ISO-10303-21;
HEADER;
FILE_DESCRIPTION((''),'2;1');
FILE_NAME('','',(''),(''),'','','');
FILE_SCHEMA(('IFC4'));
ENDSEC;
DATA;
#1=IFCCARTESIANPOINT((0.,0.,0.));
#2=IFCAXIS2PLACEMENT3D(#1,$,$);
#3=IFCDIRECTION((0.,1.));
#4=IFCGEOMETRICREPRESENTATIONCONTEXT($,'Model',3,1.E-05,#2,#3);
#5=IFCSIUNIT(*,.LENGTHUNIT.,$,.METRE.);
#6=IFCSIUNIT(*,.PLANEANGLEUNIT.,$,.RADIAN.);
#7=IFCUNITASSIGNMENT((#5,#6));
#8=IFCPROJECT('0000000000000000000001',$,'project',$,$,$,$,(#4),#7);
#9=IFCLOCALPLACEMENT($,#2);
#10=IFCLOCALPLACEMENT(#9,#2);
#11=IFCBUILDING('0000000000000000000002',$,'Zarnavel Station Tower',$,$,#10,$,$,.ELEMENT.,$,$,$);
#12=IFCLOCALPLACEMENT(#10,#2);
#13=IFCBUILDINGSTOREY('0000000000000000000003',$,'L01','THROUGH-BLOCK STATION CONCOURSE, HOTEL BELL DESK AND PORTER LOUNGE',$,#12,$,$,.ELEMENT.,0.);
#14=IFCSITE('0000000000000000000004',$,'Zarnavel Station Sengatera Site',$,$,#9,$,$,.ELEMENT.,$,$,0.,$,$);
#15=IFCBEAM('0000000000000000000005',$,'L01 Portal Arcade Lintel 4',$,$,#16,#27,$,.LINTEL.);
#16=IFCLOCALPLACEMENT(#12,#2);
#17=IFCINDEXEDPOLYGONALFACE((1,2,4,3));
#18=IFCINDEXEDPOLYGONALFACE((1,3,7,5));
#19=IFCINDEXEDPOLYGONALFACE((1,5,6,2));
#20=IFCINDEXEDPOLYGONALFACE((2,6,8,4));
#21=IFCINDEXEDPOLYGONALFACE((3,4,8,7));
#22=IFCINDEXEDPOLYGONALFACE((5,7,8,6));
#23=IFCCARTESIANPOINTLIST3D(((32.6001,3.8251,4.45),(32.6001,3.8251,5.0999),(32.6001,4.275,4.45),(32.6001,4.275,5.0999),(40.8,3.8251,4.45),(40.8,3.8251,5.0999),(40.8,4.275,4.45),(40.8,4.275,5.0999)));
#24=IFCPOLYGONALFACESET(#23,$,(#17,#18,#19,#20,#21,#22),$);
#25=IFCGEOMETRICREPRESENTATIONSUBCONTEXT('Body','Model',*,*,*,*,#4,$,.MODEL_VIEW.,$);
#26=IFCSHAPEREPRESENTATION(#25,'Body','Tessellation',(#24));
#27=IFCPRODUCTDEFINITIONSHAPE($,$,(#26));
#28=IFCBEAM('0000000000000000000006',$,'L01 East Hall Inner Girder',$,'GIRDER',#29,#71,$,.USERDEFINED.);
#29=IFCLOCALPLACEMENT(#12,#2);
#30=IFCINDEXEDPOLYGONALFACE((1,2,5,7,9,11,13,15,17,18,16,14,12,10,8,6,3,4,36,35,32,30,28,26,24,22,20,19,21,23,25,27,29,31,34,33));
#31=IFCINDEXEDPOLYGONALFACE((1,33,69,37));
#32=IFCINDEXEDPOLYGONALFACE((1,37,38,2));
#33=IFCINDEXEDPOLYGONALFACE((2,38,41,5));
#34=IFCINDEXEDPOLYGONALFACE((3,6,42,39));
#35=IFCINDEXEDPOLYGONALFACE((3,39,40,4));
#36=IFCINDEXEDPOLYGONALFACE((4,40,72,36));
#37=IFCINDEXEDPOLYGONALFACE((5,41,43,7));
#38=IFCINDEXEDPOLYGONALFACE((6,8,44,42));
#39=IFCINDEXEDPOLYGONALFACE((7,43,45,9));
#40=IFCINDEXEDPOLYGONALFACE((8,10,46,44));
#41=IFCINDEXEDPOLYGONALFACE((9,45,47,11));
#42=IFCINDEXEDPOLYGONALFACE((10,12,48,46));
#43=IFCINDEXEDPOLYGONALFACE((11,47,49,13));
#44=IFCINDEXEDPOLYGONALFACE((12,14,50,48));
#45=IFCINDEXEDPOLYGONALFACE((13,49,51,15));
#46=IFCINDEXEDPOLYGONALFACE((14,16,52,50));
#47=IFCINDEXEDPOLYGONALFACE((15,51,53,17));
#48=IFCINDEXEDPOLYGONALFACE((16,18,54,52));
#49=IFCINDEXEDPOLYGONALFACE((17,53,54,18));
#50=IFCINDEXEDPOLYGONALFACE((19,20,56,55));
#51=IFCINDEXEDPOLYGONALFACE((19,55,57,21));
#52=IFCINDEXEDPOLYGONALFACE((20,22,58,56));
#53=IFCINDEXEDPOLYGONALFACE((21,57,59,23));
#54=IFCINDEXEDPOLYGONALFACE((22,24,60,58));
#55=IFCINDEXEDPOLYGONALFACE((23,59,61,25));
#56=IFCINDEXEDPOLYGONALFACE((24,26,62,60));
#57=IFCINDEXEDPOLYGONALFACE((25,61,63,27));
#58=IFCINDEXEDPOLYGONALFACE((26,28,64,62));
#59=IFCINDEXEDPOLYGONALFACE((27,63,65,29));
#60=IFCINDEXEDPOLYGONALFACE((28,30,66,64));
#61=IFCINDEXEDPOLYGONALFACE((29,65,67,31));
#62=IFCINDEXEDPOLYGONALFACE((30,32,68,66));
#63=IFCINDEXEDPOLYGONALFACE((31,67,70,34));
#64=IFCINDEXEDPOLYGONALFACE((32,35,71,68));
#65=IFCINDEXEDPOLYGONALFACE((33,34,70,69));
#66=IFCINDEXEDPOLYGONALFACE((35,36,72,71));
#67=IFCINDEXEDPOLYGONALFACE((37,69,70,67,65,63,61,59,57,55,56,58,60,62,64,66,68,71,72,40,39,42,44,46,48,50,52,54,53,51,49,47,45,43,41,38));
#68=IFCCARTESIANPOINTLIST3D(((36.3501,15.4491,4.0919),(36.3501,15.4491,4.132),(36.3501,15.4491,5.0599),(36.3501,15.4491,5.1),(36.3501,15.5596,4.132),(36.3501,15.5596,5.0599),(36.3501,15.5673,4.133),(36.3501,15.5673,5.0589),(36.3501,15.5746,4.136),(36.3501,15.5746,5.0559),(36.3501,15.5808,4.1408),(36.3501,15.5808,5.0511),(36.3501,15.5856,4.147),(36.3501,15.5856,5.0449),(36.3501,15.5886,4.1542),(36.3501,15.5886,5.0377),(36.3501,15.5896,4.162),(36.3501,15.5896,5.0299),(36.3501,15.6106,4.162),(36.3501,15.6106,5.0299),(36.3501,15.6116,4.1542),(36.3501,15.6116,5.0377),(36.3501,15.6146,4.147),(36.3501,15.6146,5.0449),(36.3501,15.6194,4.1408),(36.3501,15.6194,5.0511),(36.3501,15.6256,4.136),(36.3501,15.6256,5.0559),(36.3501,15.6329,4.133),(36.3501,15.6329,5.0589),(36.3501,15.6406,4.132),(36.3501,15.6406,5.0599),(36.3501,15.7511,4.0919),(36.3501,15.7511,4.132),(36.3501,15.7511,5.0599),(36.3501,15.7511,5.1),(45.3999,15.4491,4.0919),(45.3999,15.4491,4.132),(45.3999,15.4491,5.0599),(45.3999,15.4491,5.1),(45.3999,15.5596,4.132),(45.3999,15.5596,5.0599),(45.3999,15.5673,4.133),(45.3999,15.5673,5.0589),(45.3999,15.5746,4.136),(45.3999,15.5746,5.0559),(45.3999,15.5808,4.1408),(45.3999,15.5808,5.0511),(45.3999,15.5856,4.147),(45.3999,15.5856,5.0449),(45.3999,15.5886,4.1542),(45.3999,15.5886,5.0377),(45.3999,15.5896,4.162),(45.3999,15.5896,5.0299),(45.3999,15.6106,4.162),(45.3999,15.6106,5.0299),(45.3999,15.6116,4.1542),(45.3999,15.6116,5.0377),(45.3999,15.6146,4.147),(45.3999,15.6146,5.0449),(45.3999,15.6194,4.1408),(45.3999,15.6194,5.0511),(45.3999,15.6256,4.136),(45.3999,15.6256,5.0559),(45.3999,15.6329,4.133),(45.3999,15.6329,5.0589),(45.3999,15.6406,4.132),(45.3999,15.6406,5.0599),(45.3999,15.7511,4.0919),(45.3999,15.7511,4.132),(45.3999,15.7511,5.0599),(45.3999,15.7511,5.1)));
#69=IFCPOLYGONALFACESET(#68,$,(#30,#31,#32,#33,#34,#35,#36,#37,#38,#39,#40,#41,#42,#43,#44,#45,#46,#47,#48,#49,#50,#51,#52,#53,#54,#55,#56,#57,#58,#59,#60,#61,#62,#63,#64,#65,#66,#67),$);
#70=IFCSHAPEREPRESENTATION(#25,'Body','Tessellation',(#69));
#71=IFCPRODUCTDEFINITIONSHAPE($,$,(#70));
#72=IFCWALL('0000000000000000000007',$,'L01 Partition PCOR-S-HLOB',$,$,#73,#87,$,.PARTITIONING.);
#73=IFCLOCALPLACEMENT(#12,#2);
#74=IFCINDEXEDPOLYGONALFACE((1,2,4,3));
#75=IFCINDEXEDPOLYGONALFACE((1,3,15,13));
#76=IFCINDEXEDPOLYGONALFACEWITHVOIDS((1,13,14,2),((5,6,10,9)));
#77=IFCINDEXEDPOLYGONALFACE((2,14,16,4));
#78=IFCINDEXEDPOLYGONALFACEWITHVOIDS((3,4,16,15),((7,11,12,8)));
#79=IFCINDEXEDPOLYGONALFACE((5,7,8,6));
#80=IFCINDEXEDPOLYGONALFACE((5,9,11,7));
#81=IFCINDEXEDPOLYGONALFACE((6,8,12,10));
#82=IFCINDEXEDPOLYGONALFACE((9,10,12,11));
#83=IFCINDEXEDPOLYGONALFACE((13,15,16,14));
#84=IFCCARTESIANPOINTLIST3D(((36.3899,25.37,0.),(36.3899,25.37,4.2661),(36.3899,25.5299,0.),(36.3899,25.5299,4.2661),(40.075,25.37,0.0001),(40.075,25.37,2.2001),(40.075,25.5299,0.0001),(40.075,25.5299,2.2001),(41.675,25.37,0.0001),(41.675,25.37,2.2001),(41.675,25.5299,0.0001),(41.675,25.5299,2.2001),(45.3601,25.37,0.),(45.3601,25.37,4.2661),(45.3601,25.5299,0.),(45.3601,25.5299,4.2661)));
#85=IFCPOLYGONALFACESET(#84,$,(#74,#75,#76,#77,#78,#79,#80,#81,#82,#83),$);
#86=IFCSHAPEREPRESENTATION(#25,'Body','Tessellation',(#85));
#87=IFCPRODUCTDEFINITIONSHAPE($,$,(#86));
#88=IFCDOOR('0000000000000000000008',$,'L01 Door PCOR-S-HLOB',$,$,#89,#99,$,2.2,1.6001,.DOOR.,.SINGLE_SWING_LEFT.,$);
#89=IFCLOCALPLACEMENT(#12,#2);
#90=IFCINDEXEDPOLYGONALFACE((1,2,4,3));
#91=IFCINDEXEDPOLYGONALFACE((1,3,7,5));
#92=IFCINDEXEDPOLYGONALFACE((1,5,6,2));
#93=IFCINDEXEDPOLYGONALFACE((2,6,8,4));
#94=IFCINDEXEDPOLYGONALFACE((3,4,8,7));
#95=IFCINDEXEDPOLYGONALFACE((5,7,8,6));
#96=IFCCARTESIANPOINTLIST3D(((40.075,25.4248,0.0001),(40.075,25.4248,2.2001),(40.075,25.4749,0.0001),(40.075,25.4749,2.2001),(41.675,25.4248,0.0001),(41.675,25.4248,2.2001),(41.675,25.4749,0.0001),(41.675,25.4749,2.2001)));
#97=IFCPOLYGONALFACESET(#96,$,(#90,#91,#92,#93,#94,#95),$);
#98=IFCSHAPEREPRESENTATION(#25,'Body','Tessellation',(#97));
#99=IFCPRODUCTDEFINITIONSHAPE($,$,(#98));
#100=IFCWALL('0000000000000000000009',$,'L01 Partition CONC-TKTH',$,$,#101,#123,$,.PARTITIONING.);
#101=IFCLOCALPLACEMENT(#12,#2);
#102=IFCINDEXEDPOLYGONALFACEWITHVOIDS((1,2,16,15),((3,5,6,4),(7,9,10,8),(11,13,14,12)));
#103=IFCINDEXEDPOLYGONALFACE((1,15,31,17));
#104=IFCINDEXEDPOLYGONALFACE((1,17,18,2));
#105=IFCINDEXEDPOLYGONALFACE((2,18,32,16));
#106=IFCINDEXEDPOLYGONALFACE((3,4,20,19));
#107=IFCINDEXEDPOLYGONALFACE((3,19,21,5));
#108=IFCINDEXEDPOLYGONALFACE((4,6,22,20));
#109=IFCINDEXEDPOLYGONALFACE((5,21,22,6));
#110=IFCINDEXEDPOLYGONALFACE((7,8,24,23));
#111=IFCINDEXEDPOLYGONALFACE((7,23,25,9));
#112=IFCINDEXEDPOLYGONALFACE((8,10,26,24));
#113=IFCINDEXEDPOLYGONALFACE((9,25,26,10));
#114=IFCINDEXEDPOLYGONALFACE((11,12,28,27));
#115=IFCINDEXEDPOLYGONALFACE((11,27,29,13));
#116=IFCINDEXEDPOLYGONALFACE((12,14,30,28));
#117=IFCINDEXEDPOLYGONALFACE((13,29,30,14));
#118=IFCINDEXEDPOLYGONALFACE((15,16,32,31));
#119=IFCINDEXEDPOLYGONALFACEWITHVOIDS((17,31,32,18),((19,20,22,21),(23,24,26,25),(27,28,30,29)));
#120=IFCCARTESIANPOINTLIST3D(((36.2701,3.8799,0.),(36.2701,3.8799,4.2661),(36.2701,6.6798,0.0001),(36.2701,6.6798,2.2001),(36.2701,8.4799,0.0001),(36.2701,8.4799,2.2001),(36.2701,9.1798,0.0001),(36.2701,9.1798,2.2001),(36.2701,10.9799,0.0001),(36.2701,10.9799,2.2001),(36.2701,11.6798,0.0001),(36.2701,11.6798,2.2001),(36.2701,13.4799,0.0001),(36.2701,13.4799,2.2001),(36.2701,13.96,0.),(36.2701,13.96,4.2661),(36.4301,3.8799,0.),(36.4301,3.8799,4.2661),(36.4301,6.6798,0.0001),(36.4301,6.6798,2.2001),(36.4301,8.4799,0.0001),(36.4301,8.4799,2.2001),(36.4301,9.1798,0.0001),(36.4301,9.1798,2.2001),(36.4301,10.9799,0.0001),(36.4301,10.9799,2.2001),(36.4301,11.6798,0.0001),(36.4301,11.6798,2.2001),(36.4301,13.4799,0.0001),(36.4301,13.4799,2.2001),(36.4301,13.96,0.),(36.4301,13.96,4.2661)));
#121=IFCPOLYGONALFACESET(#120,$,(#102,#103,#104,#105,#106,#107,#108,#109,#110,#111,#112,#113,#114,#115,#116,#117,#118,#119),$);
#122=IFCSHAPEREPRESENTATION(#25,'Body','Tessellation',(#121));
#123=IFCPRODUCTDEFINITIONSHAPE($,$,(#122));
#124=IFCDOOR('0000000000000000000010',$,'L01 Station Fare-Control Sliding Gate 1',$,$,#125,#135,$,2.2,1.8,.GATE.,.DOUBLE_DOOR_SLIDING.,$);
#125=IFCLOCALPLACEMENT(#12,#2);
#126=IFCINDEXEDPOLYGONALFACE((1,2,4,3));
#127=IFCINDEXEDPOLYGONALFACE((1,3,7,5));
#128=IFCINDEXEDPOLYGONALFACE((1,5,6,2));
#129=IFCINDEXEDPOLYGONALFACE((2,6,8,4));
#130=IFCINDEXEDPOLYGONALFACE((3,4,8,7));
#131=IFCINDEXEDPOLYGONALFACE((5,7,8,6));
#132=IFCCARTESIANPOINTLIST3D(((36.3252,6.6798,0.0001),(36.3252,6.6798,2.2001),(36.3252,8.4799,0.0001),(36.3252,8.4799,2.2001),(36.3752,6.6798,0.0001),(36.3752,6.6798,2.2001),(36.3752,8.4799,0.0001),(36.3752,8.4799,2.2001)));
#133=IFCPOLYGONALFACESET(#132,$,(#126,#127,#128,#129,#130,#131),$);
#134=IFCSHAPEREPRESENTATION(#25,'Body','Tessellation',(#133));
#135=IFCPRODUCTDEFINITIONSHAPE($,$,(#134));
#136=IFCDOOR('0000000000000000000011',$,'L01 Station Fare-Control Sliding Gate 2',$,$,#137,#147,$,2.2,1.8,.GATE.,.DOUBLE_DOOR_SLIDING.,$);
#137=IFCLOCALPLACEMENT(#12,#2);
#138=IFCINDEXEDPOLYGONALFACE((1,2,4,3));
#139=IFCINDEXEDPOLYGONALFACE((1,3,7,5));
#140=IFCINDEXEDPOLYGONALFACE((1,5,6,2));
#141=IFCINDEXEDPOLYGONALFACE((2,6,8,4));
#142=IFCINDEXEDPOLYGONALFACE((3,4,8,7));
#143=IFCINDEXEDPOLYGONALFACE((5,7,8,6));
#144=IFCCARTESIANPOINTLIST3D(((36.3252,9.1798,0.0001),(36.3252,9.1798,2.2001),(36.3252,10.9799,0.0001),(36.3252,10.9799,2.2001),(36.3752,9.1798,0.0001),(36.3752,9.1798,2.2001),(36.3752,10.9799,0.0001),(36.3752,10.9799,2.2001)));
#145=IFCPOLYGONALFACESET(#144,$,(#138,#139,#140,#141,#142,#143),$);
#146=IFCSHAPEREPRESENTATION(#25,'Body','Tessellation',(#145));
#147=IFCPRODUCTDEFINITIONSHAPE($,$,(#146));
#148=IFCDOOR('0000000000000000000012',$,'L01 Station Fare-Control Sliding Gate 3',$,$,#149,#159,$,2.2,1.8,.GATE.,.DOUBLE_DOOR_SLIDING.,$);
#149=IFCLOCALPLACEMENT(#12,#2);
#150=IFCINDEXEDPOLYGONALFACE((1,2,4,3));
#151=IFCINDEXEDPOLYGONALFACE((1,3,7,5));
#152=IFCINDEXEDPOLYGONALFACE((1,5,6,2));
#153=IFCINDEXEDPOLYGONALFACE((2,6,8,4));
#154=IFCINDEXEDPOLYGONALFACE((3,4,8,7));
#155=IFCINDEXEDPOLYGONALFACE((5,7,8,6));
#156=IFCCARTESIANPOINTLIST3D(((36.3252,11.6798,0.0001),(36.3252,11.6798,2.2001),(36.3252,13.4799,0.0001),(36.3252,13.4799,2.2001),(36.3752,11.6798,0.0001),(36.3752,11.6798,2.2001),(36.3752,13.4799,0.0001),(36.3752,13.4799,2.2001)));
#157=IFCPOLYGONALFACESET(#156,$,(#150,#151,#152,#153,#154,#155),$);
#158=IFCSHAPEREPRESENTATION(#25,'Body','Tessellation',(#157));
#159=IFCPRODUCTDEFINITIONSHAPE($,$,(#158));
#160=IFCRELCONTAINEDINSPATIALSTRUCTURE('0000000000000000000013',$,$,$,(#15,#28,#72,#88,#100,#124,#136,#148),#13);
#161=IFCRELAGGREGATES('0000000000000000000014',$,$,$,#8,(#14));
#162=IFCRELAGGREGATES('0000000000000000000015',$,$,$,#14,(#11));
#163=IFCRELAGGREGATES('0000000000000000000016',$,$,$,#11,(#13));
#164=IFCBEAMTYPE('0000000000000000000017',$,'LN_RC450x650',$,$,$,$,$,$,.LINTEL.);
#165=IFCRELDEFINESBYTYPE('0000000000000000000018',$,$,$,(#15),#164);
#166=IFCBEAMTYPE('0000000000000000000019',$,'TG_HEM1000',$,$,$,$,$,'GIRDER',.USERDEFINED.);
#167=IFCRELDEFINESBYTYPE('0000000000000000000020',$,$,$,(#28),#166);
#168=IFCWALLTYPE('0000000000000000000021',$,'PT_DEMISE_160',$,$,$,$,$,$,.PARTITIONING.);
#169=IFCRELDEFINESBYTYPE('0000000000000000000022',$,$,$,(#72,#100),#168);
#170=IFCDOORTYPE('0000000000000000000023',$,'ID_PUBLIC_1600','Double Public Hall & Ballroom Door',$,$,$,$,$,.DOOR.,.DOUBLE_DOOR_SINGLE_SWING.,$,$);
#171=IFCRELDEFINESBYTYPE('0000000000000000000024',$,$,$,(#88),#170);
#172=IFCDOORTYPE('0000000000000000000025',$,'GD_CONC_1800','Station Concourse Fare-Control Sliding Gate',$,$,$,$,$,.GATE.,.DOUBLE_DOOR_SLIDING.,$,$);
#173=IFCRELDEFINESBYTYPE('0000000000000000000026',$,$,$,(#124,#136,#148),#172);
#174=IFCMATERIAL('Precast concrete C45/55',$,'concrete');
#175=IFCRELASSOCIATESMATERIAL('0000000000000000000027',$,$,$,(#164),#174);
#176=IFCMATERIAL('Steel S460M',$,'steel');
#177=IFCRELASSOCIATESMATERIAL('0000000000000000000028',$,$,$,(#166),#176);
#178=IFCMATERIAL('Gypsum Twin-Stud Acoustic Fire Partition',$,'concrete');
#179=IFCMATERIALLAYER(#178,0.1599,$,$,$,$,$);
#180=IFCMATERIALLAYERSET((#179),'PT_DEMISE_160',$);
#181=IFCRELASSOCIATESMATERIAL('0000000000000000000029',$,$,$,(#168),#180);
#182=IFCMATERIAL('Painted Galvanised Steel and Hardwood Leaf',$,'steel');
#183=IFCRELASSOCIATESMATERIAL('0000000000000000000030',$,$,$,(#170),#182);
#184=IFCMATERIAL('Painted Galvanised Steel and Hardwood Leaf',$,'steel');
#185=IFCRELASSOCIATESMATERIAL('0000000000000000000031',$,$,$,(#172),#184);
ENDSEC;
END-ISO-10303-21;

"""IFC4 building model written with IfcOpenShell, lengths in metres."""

from ifc_helpers import new_model, si_unit, direction, frame, frame_2d, origin, origin_2d, place, context, subcontext, project, spatial, rectangle, i_section, extrude, material, layer, layer_set, material_profile, profile_set, type_object, element, fill, save


model = new_model("IFC4")

# Units and contexts
model_context = context("Model", 3, precision=1e-05, world=origin(), true_north=direction((0.0, 1.0)))
body_context = subcontext(model_context, "Body", "Model", "MODEL_VIEW")
ifc_project = project(units=[si_unit("LENGTHUNIT", "METRE"), si_unit("PLANEANGLEUNIT", "RADIAN")], contexts=[model_context])

# Site, building, storey
site_placement = place(None, origin())
site = spatial("IfcSite", under=ifc_project, at=site_placement, Name="Zarnavel Station Sengatera Site", CompositionType="ELEMENT", RefElevation=0.0)
building_placement = place(site_placement, origin())
building = spatial("IfcBuilding", under=site, at=building_placement, Name="Zarnavel Station Tower", CompositionType="ELEMENT")
storey_placement = place(building_placement, origin())
storey = spatial("IfcBuildingStorey", under=building, at=storey_placement, Name="L01", Description="THROUGH-BLOCK STATION CONCOURSE, HOTEL BELL DESK AND PORTER LOUNGE", CompositionType="ELEMENT", Elevation=0.0)

# Beams
ifc_material_1 = material(Name="Precast concrete C45/55", Category="concrete")
ifc_material_profile_1 = material_profile(ifc_material_1, rectangle(XDim=0.45, YDim=0.6499, at=origin_2d()), Name="RC450x650")
ifc_profile_set_1 = profile_set([ifc_material_profile_1], Name="Precast concrete C45/55")
beam_type_1 = type_object("IfcBeamType", Name="LN_RC450x650", PredefinedType="LINTEL", material=ifc_profile_set_1)
beam_1_placement = place(storey_placement, frame((32.6001, 4.05, 4.7749), z_axis=(1.0, 0.0, 0.0), x_axis=(0.0, 1.0, 0.0)))
element("IfcBeam", 1, at=beam_1_placement, inside=storey, type_object=beam_type_1, Name="L01 Portal Arcade Lintel 4", PredefinedType="LINTEL", context=body_context, shape_type="SweptSolid", body=[
    extrude(rectangle(XDim=0.45, YDim=0.6499, at=origin_2d()), origin(), (0.0, 0.0, 1.0), 8.2),
])
ifc_material_2 = material(Name="Steel S460M", Category="steel")
ifc_material_profile_2 = material_profile(ifc_material_2, i_section(OverallWidth=0.302, OverallDepth=1.0081, WebThickness=0.021, FlangeThickness=0.04, FilletRadius=0.03, at=origin_2d()), Name="HEM1000")
ifc_profile_set_2 = profile_set([ifc_material_profile_2], Name="Steel S460M")
beam_type_2 = type_object("IfcBeamType", Name="TG_HEM1000", ElementType="GIRDER", PredefinedType="USERDEFINED", material=ifc_profile_set_2)
beam_2_placement = place(storey_placement, frame((36.3501, 15.6001, 4.5959), z_axis=(1.0, 0.0, 0.0), x_axis=(0.0, 1.0, 0.0)))
element("IfcBeam", 2, at=beam_2_placement, inside=storey, type_object=beam_type_2, Name="L01 East Hall Inner Girder", ObjectType="GIRDER", PredefinedType="USERDEFINED", context=body_context, shape_type="SweptSolid", body=[
    extrude(i_section(OverallWidth=0.302, OverallDepth=1.0081, WebThickness=0.021, FlangeThickness=0.04, FilletRadius=0.03, at=origin_2d()), origin(), (0.0, 0.0, 1.0), 9.0498),
])

# Wall, opening, door
ifc_material_3 = material(Name="Gypsum Twin-Stud Acoustic Fire Partition", Category="concrete")
ifc_layer_1 = layer(ifc_material_3, 0.1599)
ifc_layer_set_1 = layer_set([ifc_layer_1], Name="PT_DEMISE_160")
wall_type = type_object("IfcWallType", Name="PT_DEMISE_160", PredefinedType="PARTITIONING", material=ifc_layer_set_1)
wall_1_placement = place(storey_placement, frame((36.3899, 25.45, 0.0), z_axis=(0.0, 0.0, 1.0), x_axis=(1.0, 0.0, 0.0)))
wall_1 = element("IfcWall", 3, at=wall_1_placement, inside=storey, type_object=wall_type, Name="L01 Partition PCOR-S-HLOB", PredefinedType="PARTITIONING", context=body_context, shape_type="SweptSolid", body=[
    extrude(rectangle(XDim=8.9702, YDim=0.1599, at=frame_2d((4.4851, 0.0))), origin(), (0.0, 0.0, 1.0), 4.2661),
])
opening_1_placement = place(wall_1_placement, frame((3.6851, 0.0, 0.0)))
opening_1 = element("IfcOpeningElement", 4, at=opening_1_placement, cuts=wall_1, PredefinedType="OPENING", context=body_context, shape_type="SweptSolid", body=[
    extrude(rectangle(XDim=1.6001, YDim=2.2, at=frame_2d((0.8, 1.1001))), frame((0.0, 0.0898, 0.0), z_axis=(0.0, -1.0, 0.0), x_axis=(1.0, 0.0, 0.0)), (0.0, 0.0, 1.0), 0.1799),
])
ifc_material_4 = material(Name="Painted Galvanised Steel and Hardwood Leaf", Category="steel")
door_type_1 = type_object("IfcDoorType", Name="ID_PUBLIC_1600", Description="Double Public Hall & Ballroom Door", OperationType="DOUBLE_DOOR_SINGLE_SWING", PredefinedType="DOOR", material=ifc_material_4)
door_1_placement = place(opening_1_placement, origin())
door_1 = element("IfcDoor", 5, at=door_1_placement, inside=storey, type_object=door_type_1, Name="L01 Door PCOR-S-HLOB", OperationType="SINGLE_SWING_LEFT", OverallHeight=2.2, OverallWidth=1.6001, PredefinedType="DOOR", context=body_context, shape_type="SweptSolid", body=[
    extrude(rectangle(XDim=1.6001, YDim=2.2, at=frame_2d((0.8, 1.1001))), frame((0.0, 0.0249, 0.0), z_axis=(0.0, -1.0, 0.0), x_axis=(1.0, 0.0, 0.0)), (0.0, 0.0, 1.0), 0.05),
])
fill(opening_1, door_1)

# Wall, openings, doors
wall_2_placement = place(storey_placement, frame((36.3501, 3.8799, 0.0), z_axis=(0.0, 0.0, 1.0), x_axis=(0.0, 1.0, 0.0)))
wall_2 = element("IfcWall", 6, at=wall_2_placement, inside=storey, type_object=wall_type, Name="L01 Partition CONC-TKTH", PredefinedType="PARTITIONING", context=body_context, shape_type="SweptSolid", body=[
    extrude(rectangle(XDim=10.0801, YDim=0.1599, at=frame_2d((5.04, 0.0))), origin(), (0.0, 0.0, 1.0), 4.2661),
])
opening_2_placement = place(wall_2_placement, frame((2.8, 0.0, 0.0)))
opening_2 = element("IfcOpeningElement", 7, at=opening_2_placement, cuts=wall_2, PredefinedType="OPENING", context=body_context, shape_type="SweptSolid", body=[
    extrude(rectangle(XDim=1.8, YDim=2.2, at=frame_2d((0.8999, 1.1001))), frame((0.0, 0.0898, 0.0), z_axis=(0.0, -1.0, 0.0), x_axis=(1.0, 0.0, 0.0)), (0.0, 0.0, 1.0), 0.1799),
])
opening_3_placement = place(wall_2_placement, frame((5.3, 0.0, 0.0)))
opening_3 = element("IfcOpeningElement", 8, at=opening_3_placement, cuts=wall_2, PredefinedType="OPENING", context=body_context, shape_type="SweptSolid", body=[
    extrude(rectangle(XDim=1.8, YDim=2.2, at=frame_2d((0.8999, 1.1001))), frame((0.0, 0.0898, 0.0), z_axis=(0.0, -1.0, 0.0), x_axis=(1.0, 0.0, 0.0)), (0.0, 0.0, 1.0), 0.1799),
])
opening_4_placement = place(wall_2_placement, frame((7.8, 0.0, 0.0)))
opening_4 = element("IfcOpeningElement", 9, at=opening_4_placement, cuts=wall_2, PredefinedType="OPENING", context=body_context, shape_type="SweptSolid", body=[
    extrude(rectangle(XDim=1.8, YDim=2.2, at=frame_2d((0.8999, 1.1001))), frame((0.0, 0.0898, 0.0), z_axis=(0.0, -1.0, 0.0), x_axis=(1.0, 0.0, 0.0)), (0.0, 0.0, 1.0), 0.1799),
])
ifc_material_5 = material(Name="Painted Galvanised Steel and Hardwood Leaf", Category="steel")
door_type_2 = type_object("IfcDoorType", Name="GD_CONC_1800", Description="Station Concourse Fare-Control Sliding Gate", OperationType="DOUBLE_DOOR_SLIDING", PredefinedType="GATE", material=ifc_material_5)
door_2_placement = place(opening_2_placement, origin())
door_2 = element("IfcDoor", 10, at=door_2_placement, inside=storey, type_object=door_type_2, Name="L01 Station Fare-Control Sliding Gate 1", OperationType="DOUBLE_DOOR_SLIDING", OverallHeight=2.2, OverallWidth=1.8, PredefinedType="GATE", context=body_context, shape_type="SweptSolid", body=[
    extrude(rectangle(XDim=1.8, YDim=2.2, at=frame_2d((0.8999, 1.1001))), frame((0.0, 0.0249, 0.0), z_axis=(0.0, -1.0, 0.0), x_axis=(1.0, 0.0, 0.0)), (0.0, 0.0, 1.0), 0.05),
])
fill(opening_2, door_2)
door_3_placement = place(opening_3_placement, origin())
door_3 = element("IfcDoor", 11, at=door_3_placement, inside=storey, type_object=door_type_2, Name="L01 Station Fare-Control Sliding Gate 2", OperationType="DOUBLE_DOOR_SLIDING", OverallHeight=2.2, OverallWidth=1.8, PredefinedType="GATE", context=body_context, shape_type="SweptSolid", body=[
    extrude(rectangle(XDim=1.8, YDim=2.2, at=frame_2d((0.8999, 1.1001))), frame((0.0, 0.0249, 0.0), z_axis=(0.0, -1.0, 0.0), x_axis=(1.0, 0.0, 0.0)), (0.0, 0.0, 1.0), 0.05),
])
fill(opening_3, door_3)
door_4_placement = place(opening_4_placement, origin())
door_4 = element("IfcDoor", 12, at=door_4_placement, inside=storey, type_object=door_type_2, Name="L01 Station Fare-Control Sliding Gate 3", OperationType="DOUBLE_DOOR_SLIDING", OverallHeight=2.2, OverallWidth=1.8, PredefinedType="GATE", context=body_context, shape_type="SweptSolid", body=[
    extrude(rectangle(XDim=1.8, YDim=2.2, at=frame_2d((0.8999, 1.1001))), frame((0.0, 0.0249, 0.0), z_axis=(0.0, -1.0, 0.0), x_axis=(1.0, 0.0, 0.0)), (0.0, 0.0, 1.0), 0.05),
])
fill(opening_4, door_4)

save(model, "model.ifc")
